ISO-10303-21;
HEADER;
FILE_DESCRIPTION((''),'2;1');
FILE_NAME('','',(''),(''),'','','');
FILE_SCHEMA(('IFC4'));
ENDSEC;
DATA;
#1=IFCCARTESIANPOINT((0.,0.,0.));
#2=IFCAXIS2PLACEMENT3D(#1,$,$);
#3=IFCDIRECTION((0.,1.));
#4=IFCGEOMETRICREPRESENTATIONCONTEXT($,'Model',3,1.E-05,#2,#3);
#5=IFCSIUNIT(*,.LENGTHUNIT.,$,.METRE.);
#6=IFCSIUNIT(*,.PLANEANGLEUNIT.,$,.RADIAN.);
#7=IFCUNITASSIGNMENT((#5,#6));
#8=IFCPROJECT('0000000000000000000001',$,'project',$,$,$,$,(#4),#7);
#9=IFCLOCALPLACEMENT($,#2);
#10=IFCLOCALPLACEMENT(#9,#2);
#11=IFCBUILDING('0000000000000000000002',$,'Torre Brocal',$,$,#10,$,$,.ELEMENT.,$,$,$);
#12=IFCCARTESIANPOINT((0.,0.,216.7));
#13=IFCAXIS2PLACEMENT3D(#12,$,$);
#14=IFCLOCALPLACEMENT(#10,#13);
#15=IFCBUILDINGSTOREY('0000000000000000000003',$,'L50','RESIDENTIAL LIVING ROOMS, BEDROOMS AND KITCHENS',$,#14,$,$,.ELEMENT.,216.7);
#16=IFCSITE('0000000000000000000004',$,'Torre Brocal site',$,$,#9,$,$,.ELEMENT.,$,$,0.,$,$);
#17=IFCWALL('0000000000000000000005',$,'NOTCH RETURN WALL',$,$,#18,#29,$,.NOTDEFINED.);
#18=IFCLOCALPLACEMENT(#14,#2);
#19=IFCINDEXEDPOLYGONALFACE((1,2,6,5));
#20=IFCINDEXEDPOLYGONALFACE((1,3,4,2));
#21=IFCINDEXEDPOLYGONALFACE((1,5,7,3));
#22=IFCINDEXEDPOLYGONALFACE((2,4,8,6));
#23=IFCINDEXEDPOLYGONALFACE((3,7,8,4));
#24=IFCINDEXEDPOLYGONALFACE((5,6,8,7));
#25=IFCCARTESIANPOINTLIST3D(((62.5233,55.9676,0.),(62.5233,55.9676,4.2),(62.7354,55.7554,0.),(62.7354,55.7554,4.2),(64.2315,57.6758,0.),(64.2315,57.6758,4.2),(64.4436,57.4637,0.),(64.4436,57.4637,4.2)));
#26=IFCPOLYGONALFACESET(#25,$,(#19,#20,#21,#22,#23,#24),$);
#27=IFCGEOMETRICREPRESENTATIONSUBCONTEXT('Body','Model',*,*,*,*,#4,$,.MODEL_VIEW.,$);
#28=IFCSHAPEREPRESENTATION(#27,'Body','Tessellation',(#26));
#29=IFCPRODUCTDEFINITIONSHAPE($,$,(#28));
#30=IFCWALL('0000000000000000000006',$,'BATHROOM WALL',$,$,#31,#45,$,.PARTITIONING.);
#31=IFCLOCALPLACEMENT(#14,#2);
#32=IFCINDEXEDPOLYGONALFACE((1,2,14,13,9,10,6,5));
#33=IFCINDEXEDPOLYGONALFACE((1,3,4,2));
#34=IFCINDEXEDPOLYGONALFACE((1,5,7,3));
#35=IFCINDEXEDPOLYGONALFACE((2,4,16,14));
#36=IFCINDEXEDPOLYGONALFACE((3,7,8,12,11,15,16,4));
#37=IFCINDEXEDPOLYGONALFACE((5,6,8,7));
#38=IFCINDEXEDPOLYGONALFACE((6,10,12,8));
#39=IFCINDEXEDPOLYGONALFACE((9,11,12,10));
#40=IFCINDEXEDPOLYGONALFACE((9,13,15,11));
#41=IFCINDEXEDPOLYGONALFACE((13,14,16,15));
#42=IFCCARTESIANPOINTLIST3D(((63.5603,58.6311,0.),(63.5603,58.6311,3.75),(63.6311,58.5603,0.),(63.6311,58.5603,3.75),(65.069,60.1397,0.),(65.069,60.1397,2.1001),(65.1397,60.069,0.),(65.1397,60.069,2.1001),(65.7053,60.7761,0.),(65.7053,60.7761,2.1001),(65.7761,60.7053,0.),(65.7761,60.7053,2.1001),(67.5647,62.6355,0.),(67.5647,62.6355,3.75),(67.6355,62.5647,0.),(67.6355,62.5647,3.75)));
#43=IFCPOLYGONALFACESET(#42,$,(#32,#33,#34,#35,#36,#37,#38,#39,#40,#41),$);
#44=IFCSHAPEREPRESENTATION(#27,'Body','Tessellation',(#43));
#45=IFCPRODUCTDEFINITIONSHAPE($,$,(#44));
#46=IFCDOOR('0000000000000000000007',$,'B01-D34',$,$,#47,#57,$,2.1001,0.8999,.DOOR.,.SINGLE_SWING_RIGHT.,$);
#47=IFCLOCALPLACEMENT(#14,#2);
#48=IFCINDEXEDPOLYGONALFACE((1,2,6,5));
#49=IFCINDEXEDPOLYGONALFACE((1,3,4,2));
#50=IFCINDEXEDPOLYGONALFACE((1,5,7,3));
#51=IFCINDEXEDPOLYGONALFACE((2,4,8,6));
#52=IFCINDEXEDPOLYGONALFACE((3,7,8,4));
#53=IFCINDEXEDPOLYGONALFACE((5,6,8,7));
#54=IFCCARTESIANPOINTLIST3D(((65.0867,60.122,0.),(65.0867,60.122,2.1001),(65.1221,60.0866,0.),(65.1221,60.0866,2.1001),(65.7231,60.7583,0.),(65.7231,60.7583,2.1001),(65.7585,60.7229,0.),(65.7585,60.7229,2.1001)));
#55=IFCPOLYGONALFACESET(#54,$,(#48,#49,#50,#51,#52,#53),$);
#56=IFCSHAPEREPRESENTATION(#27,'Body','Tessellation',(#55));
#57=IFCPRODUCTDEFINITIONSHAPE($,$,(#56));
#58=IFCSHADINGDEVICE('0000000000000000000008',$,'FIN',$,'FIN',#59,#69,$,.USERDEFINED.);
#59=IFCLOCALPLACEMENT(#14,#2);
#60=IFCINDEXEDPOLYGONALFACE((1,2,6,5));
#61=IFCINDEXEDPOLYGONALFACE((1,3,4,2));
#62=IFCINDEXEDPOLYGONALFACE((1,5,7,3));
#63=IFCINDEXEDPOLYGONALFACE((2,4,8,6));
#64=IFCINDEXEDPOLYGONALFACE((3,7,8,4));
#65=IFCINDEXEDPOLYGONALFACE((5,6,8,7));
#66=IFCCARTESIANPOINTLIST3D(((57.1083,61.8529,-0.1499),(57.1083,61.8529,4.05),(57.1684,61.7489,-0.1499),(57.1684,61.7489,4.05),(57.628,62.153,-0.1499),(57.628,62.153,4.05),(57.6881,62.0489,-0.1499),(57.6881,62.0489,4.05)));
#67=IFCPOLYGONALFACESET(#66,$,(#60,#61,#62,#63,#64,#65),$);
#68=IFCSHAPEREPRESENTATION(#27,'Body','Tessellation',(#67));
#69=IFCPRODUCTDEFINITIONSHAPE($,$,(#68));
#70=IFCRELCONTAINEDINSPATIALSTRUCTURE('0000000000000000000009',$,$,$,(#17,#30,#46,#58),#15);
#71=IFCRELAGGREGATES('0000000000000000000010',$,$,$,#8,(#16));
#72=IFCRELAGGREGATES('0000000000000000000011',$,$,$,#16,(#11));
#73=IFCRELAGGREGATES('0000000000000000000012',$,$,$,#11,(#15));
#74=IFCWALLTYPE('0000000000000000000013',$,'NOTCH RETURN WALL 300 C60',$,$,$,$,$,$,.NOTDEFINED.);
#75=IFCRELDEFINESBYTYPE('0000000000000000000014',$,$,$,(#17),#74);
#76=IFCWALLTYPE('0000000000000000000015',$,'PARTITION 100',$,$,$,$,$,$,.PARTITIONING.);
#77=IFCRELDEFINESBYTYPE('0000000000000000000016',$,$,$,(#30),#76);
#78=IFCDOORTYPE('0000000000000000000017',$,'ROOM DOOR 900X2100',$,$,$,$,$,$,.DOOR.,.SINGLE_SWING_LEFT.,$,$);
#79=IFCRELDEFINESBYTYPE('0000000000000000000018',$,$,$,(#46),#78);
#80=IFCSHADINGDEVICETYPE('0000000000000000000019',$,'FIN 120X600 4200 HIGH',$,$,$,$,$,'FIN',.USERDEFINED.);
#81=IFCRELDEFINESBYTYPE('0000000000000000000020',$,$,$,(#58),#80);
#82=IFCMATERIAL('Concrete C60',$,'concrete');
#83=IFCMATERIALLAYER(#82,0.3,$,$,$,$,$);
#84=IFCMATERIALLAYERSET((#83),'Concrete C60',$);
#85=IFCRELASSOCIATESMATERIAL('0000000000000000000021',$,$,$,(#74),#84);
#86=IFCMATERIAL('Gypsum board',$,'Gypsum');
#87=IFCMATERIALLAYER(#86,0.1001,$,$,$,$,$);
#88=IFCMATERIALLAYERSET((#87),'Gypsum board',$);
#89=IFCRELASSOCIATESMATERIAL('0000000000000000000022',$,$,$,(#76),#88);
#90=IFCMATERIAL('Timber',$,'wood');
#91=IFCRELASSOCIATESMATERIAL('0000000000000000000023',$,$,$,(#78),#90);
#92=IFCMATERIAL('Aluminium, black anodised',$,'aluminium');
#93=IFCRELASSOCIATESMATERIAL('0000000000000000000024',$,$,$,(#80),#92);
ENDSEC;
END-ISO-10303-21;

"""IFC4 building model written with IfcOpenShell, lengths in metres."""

from ifc_helpers import new_model, si_unit, direction, frame, frame_2d, origin, origin_2d, place, context, subcontext, project, spatial, rectangle, extrude, material, layer, layer_set, material_profile, profile_set, type_object, element, fill, save


model = new_model("IFC4")

# Units and contexts
model_context = context("Model", 3, precision=1e-05, world=origin(), true_north=direction((0.0, 1.0)))
body_context = subcontext(model_context, "Body", "Model", "MODEL_VIEW")
ifc_project = project(units=[si_unit("LENGTHUNIT", "METRE"), si_unit("PLANEANGLEUNIT", "RADIAN")], contexts=[model_context])

# Site, building, storey
site_placement = place(None, origin())
site = spatial("IfcSite", under=ifc_project, at=site_placement, Name="Torre Brocal site", CompositionType="ELEMENT", RefElevation=0.0)
building_placement = place(site_placement, origin())
building = spatial("IfcBuilding", under=site, at=building_placement, Name="Torre Brocal", CompositionType="ELEMENT")
storey_placement = place(building_placement, frame((0.0, 0.0, 216.7)))
storey = spatial("IfcBuildingStorey", under=building, at=storey_placement, Name="L50", Description="RESIDENTIAL LIVING ROOMS, BEDROOMS AND KITCHENS", CompositionType="ELEMENT", Elevation=216.7)

# Wall
ifc_material_1 = material(Name="Concrete C60", Category="concrete")
ifc_layer_1 = layer(ifc_material_1, 0.3)
ifc_layer_set_1 = layer_set([ifc_layer_1], Name="Concrete C60")
wall_type_1 = type_object("IfcWallType", Name="NOTCH RETURN WALL 300 C60", PredefinedType="NOTDEFINED", material=ifc_layer_set_1)
for number, where, z_axis, x_axis, name in (
    (1, (64.3376, 57.5698, 0.0), (0.0, 0.0, 1.0), (-0.707107, -0.707107, 0.0), "NOTCH RETURN WALL"),
):
    element("IfcWall", number, at=place(storey_placement, frame(where, z_axis=z_axis, x_axis=x_axis)), inside=storey, type_object=wall_type_1, Name=name, PredefinedType="NOTDEFINED", context=body_context, shape_type="SweptSolid", body=[
        extrude(rectangle(XDim=2.4158, YDim=0.3, at=frame_2d((1.208, 0.0))), origin(), (0.0, 0.0, 1.0), 4.2),
    ])

# Wall, opening, door
ifc_material_2 = material(Name="Gypsum board", Category="Gypsum")
ifc_layer_2 = layer(ifc_material_2, 0.1001)
ifc_layer_set_2 = layer_set([ifc_layer_2], Name="Gypsum board")
wall_type_2 = type_object("IfcWallType", Name="PARTITION 100", PredefinedType="PARTITIONING", material=ifc_layer_set_2)
wall_placement = place(storey_placement, frame((63.5957, 58.5957, 0.0), z_axis=(0.0, 0.0, 1.0), x_axis=(0.707107, 0.707107, 0.0)))
wall = element("IfcWall", 2, at=wall_placement, inside=storey, type_object=wall_type_2, Name="BATHROOM WALL", PredefinedType="PARTITIONING", context=body_context, shape_type="SweptSolid", body=[
    extrude(rectangle(XDim=5.6631, YDim=0.1001, at=frame_2d((2.8315, 0.0))), origin(), (0.0, 0.0, 1.0), 3.75),
])
opening_placement = place(wall_placement, frame((2.1335, 0.0, 0.0)))
opening = element("IfcOpeningElement", 3, at=opening_placement, cuts=wall, PredefinedType="OPENING", context=body_context, shape_type="SweptSolid", body=[
    extrude(rectangle(XDim=0.8999, YDim=2.1001, at=frame_2d((0.45, 1.05))), frame((0.0, 0.0601, 0.0), z_axis=(0.0, -1.0, 0.0), x_axis=(1.0, 0.0, 0.0)), (0.0, 0.0, 1.0), 0.1201),
])
ifc_material_3 = material(Name="Timber", Category="wood")
door_type = type_object("IfcDoorType", Name="ROOM DOOR 900X2100", OperationType="SINGLE_SWING_LEFT", PredefinedType="DOOR", material=ifc_material_3)
door_placement = place(opening_placement, origin())
door = element("IfcDoor", 4, at=door_placement, inside=storey, type_object=door_type, Name="B01-D34", OperationType="SINGLE_SWING_RIGHT", OverallHeight=2.1001, OverallWidth=0.8999, PredefinedType="DOOR", context=body_context, shape_type="SweptSolid", body=[
    extrude(rectangle(XDim=0.8999, YDim=2.1001, at=frame_2d((0.45, 1.05))), frame((0.0, 0.0249, 0.0), z_axis=(0.0, -1.0, 0.0), x_axis=(1.0, 0.0, 0.0)), (0.0, 0.0, 1.0), 0.05),
])
fill(opening, door)

# Shading device
ifc_material_4 = material(Name="Aluminium, black anodised", Category="aluminium")
ifc_material_profile_1 = material_profile(ifc_material_4, rectangle(XDim=0.1201, YDim=0.6001, at=origin_2d()), Name="FIN 120X600 4200 HIGH")
ifc_profile_set_1 = profile_set([ifc_material_profile_1], Name="Aluminium, black anodised")
shading_device_type = type_object("IfcShadingDeviceType", Name="FIN 120X600 4200 HIGH", ElementType="FIN", PredefinedType="USERDEFINED", material=ifc_profile_set_1)
shading_device_placement = place(storey_placement, frame((57.3982, 61.9509, -0.1499), z_axis=(0.0, 0.0, 1.0), x_axis=(0.5, -0.866025, 0.0)))
element("IfcShadingDevice", 5, at=shading_device_placement, inside=storey, type_object=shading_device_type, Name="FIN", ObjectType="FIN", PredefinedType="USERDEFINED", context=body_context, shape_type="SweptSolid", body=[
    extrude(rectangle(XDim=0.1201, YDim=0.6001, at=origin_2d()), origin(), (0.0, 0.0, 1.0), 4.2),
])

save(model, "model.ifc")
